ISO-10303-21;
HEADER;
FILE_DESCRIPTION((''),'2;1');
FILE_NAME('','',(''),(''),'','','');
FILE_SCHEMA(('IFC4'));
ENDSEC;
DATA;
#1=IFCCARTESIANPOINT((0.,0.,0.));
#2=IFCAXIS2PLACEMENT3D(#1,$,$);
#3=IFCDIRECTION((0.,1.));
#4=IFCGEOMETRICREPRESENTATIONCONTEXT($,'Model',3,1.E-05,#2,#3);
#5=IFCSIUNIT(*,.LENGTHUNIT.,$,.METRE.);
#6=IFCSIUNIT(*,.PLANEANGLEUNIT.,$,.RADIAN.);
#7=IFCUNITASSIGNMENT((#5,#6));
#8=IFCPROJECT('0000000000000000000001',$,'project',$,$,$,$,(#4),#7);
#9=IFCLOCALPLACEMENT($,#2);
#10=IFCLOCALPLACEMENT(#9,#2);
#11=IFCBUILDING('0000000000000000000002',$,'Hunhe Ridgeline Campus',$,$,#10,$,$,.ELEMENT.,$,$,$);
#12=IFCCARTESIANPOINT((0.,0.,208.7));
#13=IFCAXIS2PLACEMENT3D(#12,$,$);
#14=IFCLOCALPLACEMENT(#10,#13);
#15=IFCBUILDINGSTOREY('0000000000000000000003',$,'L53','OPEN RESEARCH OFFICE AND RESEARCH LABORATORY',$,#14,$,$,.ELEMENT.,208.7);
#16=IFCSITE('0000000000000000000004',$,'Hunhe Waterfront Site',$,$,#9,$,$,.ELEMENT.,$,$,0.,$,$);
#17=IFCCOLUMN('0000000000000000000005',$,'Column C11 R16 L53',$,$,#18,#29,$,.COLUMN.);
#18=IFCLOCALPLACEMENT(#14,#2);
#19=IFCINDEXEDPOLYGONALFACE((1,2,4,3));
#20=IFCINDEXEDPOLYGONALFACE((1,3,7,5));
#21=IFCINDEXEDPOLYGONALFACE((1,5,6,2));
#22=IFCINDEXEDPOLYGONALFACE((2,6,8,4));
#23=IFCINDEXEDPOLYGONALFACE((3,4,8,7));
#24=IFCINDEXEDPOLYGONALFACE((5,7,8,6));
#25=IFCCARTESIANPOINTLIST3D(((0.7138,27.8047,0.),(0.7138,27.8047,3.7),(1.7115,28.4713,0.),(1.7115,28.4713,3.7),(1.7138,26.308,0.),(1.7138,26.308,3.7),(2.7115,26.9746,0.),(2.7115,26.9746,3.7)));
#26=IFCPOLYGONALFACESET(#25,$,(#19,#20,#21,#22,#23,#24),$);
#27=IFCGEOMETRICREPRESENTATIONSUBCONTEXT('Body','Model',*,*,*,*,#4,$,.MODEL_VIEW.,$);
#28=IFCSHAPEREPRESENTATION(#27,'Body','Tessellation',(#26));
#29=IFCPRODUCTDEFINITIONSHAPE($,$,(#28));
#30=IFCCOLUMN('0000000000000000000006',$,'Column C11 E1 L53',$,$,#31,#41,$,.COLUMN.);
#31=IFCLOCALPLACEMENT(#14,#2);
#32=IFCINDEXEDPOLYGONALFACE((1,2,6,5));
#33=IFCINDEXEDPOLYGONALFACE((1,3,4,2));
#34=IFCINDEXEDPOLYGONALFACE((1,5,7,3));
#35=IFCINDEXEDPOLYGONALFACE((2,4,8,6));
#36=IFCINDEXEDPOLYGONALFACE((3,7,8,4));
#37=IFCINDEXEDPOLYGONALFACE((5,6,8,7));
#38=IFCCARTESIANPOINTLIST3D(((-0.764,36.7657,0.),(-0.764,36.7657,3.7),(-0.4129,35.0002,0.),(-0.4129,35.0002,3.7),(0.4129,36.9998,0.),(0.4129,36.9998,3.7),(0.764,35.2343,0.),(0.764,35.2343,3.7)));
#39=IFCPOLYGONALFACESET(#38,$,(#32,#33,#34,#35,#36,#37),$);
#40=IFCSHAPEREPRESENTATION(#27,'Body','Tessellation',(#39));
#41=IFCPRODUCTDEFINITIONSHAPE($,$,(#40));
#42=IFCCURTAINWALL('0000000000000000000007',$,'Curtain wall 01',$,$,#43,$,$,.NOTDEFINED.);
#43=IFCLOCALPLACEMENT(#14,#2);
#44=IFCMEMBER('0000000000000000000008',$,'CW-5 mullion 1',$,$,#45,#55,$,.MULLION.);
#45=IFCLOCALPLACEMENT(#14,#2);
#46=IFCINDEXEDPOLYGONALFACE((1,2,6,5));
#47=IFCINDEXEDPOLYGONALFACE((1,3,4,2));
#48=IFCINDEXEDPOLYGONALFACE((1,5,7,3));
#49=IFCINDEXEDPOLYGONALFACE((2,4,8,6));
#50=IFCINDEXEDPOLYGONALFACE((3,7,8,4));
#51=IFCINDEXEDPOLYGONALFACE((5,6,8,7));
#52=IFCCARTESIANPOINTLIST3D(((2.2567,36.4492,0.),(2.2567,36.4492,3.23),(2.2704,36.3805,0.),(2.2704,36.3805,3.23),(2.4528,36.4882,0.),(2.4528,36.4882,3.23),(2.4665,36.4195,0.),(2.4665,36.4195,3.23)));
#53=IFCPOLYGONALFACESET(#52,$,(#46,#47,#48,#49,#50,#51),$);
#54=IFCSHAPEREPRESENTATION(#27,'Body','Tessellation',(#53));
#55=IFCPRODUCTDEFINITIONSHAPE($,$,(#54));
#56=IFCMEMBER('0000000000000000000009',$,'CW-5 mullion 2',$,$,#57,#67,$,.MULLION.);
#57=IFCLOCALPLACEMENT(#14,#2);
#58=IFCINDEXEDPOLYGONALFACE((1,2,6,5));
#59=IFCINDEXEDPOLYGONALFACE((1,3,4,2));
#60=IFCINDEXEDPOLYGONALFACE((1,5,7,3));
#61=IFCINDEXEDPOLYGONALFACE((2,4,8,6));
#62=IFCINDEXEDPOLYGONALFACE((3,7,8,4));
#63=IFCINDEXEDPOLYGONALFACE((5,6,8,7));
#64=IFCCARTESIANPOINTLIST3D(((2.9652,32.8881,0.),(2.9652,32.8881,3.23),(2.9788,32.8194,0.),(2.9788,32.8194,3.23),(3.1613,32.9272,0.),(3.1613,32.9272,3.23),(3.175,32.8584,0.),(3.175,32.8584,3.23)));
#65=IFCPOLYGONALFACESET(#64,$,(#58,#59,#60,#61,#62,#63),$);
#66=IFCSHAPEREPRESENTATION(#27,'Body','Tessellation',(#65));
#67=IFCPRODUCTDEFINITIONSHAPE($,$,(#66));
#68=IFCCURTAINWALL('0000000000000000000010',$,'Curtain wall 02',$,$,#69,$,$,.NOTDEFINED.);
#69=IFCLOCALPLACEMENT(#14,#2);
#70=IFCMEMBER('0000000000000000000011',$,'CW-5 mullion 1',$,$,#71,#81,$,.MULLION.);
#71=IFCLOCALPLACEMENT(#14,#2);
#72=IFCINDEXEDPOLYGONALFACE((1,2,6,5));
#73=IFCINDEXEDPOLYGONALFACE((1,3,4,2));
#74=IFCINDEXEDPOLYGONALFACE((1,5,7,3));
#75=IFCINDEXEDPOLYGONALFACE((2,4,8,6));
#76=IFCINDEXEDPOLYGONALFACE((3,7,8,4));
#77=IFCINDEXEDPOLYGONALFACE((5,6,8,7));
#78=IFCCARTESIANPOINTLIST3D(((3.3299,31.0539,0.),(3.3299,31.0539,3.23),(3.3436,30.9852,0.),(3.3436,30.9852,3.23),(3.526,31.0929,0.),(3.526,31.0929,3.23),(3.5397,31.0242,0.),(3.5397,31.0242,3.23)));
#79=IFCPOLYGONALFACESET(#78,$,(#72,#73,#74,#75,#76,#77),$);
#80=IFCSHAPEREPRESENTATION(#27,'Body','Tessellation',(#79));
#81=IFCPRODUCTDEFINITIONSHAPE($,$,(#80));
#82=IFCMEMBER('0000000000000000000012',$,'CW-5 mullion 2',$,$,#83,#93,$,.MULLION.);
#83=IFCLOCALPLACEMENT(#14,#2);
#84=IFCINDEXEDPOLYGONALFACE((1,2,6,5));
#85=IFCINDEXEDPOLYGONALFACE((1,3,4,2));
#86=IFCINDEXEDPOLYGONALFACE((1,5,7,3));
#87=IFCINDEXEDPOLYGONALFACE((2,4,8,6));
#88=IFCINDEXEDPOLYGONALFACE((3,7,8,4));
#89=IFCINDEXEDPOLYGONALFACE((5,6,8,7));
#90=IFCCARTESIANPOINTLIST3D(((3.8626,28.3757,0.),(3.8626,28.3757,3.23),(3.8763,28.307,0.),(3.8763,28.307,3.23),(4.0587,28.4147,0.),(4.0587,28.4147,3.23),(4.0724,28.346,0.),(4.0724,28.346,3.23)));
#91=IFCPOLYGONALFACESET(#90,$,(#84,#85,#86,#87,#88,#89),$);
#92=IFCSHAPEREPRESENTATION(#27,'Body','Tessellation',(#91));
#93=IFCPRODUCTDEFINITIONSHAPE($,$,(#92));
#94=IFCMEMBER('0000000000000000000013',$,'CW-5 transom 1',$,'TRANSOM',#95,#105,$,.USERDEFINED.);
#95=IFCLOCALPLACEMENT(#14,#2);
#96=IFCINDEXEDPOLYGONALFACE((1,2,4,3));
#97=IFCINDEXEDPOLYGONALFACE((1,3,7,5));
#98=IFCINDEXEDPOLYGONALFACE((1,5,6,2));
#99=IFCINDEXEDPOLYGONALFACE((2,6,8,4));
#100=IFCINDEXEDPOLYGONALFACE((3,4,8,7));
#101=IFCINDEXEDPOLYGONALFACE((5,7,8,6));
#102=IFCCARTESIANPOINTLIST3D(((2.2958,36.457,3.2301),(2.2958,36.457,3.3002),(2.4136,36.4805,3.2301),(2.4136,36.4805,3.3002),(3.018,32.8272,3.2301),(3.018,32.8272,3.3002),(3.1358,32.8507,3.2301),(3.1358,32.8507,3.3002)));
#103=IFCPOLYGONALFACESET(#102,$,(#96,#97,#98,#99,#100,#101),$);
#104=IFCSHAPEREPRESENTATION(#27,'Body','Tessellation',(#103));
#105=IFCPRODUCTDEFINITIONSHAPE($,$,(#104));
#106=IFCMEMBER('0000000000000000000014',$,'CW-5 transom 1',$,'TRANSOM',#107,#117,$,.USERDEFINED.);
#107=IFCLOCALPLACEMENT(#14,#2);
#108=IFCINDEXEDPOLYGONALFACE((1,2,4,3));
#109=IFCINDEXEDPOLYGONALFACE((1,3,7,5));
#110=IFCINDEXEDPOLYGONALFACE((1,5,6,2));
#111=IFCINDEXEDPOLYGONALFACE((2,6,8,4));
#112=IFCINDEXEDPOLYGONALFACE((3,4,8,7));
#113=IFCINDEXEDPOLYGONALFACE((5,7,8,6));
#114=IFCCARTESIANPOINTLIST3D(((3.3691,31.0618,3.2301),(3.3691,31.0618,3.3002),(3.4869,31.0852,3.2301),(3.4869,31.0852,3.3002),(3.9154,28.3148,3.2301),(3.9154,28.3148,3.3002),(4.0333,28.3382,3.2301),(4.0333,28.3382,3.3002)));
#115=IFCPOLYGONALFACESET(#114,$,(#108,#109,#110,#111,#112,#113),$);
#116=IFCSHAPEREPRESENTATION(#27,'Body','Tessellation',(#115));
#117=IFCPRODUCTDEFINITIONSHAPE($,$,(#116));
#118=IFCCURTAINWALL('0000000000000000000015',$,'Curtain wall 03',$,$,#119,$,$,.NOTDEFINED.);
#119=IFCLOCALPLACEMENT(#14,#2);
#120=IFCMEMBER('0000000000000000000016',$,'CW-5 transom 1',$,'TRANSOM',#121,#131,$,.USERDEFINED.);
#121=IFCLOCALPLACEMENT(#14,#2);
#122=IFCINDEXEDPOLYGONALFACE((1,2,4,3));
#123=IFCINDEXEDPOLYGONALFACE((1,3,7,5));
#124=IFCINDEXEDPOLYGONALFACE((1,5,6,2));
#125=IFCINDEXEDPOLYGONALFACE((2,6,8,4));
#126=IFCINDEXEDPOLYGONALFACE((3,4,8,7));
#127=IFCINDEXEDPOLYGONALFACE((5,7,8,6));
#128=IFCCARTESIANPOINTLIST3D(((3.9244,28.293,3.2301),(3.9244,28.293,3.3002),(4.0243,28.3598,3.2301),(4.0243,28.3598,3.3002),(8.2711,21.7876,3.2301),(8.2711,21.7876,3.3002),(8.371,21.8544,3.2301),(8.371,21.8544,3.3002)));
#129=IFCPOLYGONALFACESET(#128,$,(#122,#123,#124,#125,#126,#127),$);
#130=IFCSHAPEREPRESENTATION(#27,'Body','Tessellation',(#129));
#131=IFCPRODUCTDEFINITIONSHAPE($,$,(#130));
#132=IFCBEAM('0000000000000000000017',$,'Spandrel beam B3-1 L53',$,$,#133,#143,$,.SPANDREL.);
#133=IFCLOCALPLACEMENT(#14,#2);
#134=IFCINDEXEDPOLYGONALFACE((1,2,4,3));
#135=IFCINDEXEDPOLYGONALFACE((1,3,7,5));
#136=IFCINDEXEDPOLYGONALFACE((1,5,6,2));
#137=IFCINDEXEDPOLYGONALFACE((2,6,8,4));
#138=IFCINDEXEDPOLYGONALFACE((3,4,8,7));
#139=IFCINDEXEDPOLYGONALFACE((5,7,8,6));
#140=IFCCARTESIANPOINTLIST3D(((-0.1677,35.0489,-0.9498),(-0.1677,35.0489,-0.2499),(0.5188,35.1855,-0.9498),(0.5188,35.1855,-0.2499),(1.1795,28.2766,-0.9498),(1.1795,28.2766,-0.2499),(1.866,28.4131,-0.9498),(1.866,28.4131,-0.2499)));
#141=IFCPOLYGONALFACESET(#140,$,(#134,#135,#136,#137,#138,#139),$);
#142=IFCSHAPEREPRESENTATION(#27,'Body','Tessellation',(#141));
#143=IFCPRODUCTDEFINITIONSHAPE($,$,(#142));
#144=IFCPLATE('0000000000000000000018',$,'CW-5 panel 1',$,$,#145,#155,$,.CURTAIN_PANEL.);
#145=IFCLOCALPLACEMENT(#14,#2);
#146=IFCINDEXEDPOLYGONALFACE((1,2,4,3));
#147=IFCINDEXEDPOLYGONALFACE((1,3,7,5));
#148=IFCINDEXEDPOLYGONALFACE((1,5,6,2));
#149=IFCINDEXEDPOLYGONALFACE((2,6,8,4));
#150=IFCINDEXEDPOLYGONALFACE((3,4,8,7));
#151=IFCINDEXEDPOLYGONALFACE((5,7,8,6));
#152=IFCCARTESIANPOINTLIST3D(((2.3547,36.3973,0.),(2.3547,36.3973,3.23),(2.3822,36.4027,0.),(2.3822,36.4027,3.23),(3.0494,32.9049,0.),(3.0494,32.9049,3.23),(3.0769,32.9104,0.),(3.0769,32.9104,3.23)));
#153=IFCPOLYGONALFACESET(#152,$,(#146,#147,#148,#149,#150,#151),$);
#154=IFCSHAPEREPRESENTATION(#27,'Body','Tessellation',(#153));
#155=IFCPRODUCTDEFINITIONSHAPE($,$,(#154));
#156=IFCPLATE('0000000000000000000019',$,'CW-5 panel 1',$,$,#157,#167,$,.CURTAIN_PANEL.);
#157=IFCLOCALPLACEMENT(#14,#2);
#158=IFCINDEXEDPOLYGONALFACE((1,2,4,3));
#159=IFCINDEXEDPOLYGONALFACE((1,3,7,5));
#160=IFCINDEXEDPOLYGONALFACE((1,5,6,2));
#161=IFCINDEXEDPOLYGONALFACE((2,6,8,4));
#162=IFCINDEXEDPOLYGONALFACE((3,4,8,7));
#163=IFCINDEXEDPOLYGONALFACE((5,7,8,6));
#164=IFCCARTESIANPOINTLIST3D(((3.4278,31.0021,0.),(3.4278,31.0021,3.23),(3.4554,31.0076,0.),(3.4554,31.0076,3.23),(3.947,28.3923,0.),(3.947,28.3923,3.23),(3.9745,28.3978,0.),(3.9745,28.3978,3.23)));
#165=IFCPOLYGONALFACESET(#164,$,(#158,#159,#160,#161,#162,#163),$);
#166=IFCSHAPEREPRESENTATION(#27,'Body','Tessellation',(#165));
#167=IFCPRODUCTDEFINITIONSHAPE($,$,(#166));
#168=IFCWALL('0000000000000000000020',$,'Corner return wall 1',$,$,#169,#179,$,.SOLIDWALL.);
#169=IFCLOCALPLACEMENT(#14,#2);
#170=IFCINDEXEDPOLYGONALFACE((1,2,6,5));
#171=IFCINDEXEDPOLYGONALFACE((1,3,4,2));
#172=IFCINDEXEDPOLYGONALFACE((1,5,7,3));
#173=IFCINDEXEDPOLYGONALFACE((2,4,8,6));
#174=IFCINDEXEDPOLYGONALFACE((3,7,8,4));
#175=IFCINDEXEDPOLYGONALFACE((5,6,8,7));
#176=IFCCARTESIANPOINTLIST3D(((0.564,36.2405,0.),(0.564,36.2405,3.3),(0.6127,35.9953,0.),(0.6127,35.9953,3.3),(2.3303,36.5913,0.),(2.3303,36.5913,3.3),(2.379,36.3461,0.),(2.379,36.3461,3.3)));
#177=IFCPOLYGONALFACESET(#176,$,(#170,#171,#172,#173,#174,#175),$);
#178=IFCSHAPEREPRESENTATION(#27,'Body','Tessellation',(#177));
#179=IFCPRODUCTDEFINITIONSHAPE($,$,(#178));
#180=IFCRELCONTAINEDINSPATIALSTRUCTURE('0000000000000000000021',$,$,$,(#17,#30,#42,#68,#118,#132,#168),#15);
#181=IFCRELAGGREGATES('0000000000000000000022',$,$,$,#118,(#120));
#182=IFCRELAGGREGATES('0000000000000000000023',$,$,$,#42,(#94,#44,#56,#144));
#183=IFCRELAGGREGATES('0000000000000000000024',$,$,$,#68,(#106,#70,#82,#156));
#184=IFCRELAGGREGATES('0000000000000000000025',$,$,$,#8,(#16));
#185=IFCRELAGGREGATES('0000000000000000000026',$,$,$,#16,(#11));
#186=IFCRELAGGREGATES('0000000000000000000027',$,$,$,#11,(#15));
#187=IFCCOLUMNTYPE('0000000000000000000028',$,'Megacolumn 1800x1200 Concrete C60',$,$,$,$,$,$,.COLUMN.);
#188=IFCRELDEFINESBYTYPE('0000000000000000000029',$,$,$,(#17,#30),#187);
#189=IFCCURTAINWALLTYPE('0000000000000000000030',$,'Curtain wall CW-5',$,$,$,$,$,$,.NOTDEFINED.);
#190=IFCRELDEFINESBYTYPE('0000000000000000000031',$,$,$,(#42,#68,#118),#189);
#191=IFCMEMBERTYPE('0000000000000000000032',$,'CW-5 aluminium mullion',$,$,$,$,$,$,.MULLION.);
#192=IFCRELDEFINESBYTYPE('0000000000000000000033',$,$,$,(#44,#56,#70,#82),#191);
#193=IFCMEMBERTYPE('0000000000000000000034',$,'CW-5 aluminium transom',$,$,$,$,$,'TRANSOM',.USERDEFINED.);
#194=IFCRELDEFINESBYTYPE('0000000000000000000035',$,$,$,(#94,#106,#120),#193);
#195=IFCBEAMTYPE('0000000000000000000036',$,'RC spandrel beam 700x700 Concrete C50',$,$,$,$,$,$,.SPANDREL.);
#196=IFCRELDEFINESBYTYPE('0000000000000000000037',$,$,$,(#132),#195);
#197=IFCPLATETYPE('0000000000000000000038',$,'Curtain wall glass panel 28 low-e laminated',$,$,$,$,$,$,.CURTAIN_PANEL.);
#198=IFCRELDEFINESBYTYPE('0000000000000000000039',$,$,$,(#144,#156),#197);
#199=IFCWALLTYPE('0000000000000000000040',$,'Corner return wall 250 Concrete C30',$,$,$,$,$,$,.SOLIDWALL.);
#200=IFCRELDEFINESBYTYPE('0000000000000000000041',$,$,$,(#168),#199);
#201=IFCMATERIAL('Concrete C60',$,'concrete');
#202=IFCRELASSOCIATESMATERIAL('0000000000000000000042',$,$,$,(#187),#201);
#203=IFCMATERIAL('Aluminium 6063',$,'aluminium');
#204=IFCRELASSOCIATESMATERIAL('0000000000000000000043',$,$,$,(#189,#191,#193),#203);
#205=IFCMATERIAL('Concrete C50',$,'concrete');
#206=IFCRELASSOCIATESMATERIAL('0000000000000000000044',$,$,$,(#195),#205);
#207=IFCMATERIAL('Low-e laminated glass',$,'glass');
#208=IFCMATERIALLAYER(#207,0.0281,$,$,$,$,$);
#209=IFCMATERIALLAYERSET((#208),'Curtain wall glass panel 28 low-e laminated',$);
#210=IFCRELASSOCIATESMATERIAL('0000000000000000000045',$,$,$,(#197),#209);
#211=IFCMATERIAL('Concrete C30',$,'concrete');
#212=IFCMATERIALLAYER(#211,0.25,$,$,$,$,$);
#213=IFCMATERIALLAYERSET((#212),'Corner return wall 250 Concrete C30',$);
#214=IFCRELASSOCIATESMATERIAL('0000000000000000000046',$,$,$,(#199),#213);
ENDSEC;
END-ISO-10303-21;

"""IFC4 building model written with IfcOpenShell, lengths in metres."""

from ifc_helpers import new_model, si_unit, direction, frame, frame_2d, origin, origin_2d, place, context, subcontext, project, spatial, rectangle, extrude, material, layer, layer_set, material_profile, profile_set, type_object, element, aggregate, save


model = new_model("IFC4")

# Units and contexts
model_context = context("Model", 3, precision=1e-05, world=origin(), true_north=direction((0.0, 1.0)))
body_context = subcontext(model_context, "Body", "Model", "MODEL_VIEW")
ifc_project = project(units=[si_unit("LENGTHUNIT", "METRE"), si_unit("PLANEANGLEUNIT", "RADIAN")], contexts=[model_context])

# Site, building, storey
site_placement = place(None, origin())
site = spatial("IfcSite", under=ifc_project, at=site_placement, Name="Hunhe Waterfront Site", CompositionType="ELEMENT", RefElevation=0.0)
building_placement = place(site_placement, origin())
building = spatial("IfcBuilding", under=site, at=building_placement, Name="Hunhe Ridgeline Campus", CompositionType="ELEMENT")
storey_placement = place(building_placement, frame((0.0, 0.0, 208.7)))
storey = spatial("IfcBuildingStorey", under=building, at=storey_placement, Name="L53", Description="OPEN RESEARCH OFFICE AND RESEARCH LABORATORY", CompositionType="ELEMENT", Elevation=208.7)

# Columns
ifc_material_1 = material(Name="Concrete C60", Category="concrete")
ifc_material_profile_1 = material_profile(ifc_material_1, rectangle(XDim=1.8, YDim=1.2, at=origin_2d()))
ifc_profile_set_1 = profile_set([ifc_material_profile_1], Name="Concrete C60")
column_type = type_object("IfcColumnType", Name="Megacolumn 1800x1200 Concrete C60", PredefinedType="COLUMN", material=ifc_profile_set_1)
for number, where, z_axis, x_axis, name in (
    (1, (1.7126, 27.3896, 0.0), (0.0, 0.0, 1.0), (-0.55557, 0.83147, 0.0), "Column C11 R16 L53"),
    (2, (0.0, 36.0, 0.0), (0.0, 0.0, 1.0), (-0.19509, 0.980785, 0.0), "Column C11 E1 L53"),
):
    element("IfcColumn", number, at=place(storey_placement, frame(where, z_axis=z_axis, x_axis=x_axis)), inside=storey, type_object=column_type, Name=name, PredefinedType="COLUMN", context=body_context, shape_type="SweptSolid", body=[
        extrude(rectangle(XDim=1.8, YDim=1.2, at=origin_2d()), origin(), (0.0, 0.0, 1.0), 3.7),
    ])

# Curtain walls, members
ifc_material_2 = material(Name="Aluminium 6063", Category="aluminium")
curtain_wall_type = type_object("IfcCurtainWallType", Name="Curtain wall CW-5", PredefinedType="NOTDEFINED", material=ifc_material_2)
curtain_wall_1_placement = place(storey_placement, origin())
curtain_wall_1 = element("IfcCurtainWall", 3, at=curtain_wall_1_placement, inside=storey, type_object=curtain_wall_type, Name="Curtain wall 01", PredefinedType="NOTDEFINED")
ifc_material_profile_2 = material_profile(ifc_material_2, rectangle(XDim=0.2, YDim=0.0701, at=origin_2d()))
ifc_profile_set_2 = profile_set([ifc_material_profile_2], Name="Aluminium 6063")
member_type_1 = type_object("IfcMemberType", Name="CW-5 aluminium mullion", PredefinedType="MULLION", material=ifc_profile_set_2)
member_1_placement = place(storey_placement, frame((2.3616, 36.4343, 0.0), z_axis=(0.0, 0.0, 1.0), x_axis=(0.980784, 0.195095, 0.0)))
member_1 = element("IfcMember", 4, at=member_1_placement, type_object=member_type_1, Name="CW-5 mullion 1", PredefinedType="MULLION", context=body_context, shape_type="SweptSolid", body=[
    extrude(rectangle(XDim=0.2, YDim=0.0701, at=origin_2d()), origin(), (0.0, 0.0, 1.0), 3.23),
])
member_2_placement = place(storey_placement, frame((3.0701, 32.8733, 0.0), z_axis=(0.0, 0.0, 1.0), x_axis=(0.980784, 0.195095, 0.0)))
member_2 = element("IfcMember", 5, at=member_2_placement, type_object=member_type_1, Name="CW-5 mullion 2", PredefinedType="MULLION", context=body_context, shape_type="SweptSolid", body=[
    extrude(rectangle(XDim=0.2, YDim=0.0701, at=origin_2d()), origin(), (0.0, 0.0, 1.0), 3.23),
])
curtain_wall_2_placement = place(storey_placement, origin())
curtain_wall_2 = element("IfcCurtainWall", 6, at=curtain_wall_2_placement, inside=storey, type_object=curtain_wall_type, Name="Curtain wall 02", PredefinedType="NOTDEFINED")
member_3_placement = place(storey_placement, frame((3.4348, 31.0391, 0.0), z_axis=(0.0, 0.0, 1.0), x_axis=(0.980784, 0.195095, 0.0)))
member_3 = element("IfcMember", 7, at=member_3_placement, type_object=member_type_1, Name="CW-5 mullion 1", PredefinedType="MULLION", context=body_context, shape_type="SweptSolid", body=[
    extrude(rectangle(XDim=0.2, YDim=0.0701, at=origin_2d()), origin(), (0.0, 0.0, 1.0), 3.23),
])
member_4_placement = place(storey_placement, frame((3.9675, 28.3608, 0.0), z_axis=(0.0, 0.0, 1.0), x_axis=(0.980784, 0.195095, 0.0)))
member_4 = element("IfcMember", 8, at=member_4_placement, type_object=member_type_1, Name="CW-5 mullion 2", PredefinedType="MULLION", context=body_context, shape_type="SweptSolid", body=[
    extrude(rectangle(XDim=0.2, YDim=0.0701, at=origin_2d()), origin(), (0.0, 0.0, 1.0), 3.23),
])

# Members
ifc_material_profile_3 = material_profile(ifc_material_2, rectangle(XDim=0.1201, YDim=0.0701, at=origin_2d()))
ifc_profile_set_3 = profile_set([ifc_material_profile_3], Name="Aluminium 6063")
member_type_2 = type_object("IfcMemberType", Name="CW-5 aluminium transom", ElementType="TRANSOM", PredefinedType="USERDEFINED", material=ifc_profile_set_3)
member_5_placement = place(storey_placement, frame((2.3547, 36.4688, 3.2651), z_axis=(0.195127, -0.980778, 0.0), x_axis=(0.980778, 0.195127, 0.0)))
member_5 = element("IfcMember", 9, at=member_5_placement, type_object=member_type_2, Name="CW-5 transom 1", ObjectType="TRANSOM", PredefinedType="USERDEFINED", context=body_context, shape_type="SweptSolid", body=[
    extrude(rectangle(XDim=0.1201, YDim=0.0701, at=origin_2d()), origin(), (0.0, 0.0, 1.0), 3.7009),
])
member_6_placement = place(storey_placement, frame((3.428, 31.0735, 3.2651), z_axis=(0.195077, -0.980788, 0.0), x_axis=(0.980788, 0.195077, 0.0)))
member_6 = element("IfcMember", 10, at=member_6_placement, type_object=member_type_2, Name="CW-5 transom 1", ObjectType="TRANSOM", PredefinedType="USERDEFINED", context=body_context, shape_type="SweptSolid", body=[
    extrude(rectangle(XDim=0.1201, YDim=0.0701, at=origin_2d()), origin(), (0.0, 0.0, 1.0), 2.8008),
])

# Curtain wall, member
curtain_wall_3_placement = place(storey_placement, origin())
curtain_wall_3 = element("IfcCurtainWall", 11, at=curtain_wall_3_placement, inside=storey, type_object=curtain_wall_type, Name="Curtain wall 03", PredefinedType="NOTDEFINED")
member_7_placement = place(storey_placement, frame((3.9744, 28.3264, 3.2651), z_axis=(0.555564, -0.831474, 0.0), x_axis=(0.831474, 0.555564, 0.0)))
member_7 = element("IfcMember", 12, at=member_7_placement, type_object=member_type_2, Name="CW-5 transom 1", ObjectType="TRANSOM", PredefinedType="USERDEFINED", context=body_context, shape_type="SweptSolid", body=[
    extrude(rectangle(XDim=0.1201, YDim=0.0701, at=origin_2d()), origin(), (0.0, 0.0, 1.0), 7.824),
])
aggregate(curtain_wall_3, [member_7])

# Beam
ifc_material_3 = material(Name="Concrete C50", Category="concrete")
ifc_material_profile_4 = material_profile(ifc_material_3, rectangle(XDim=0.7, YDim=0.7, at=origin_2d()))
ifc_profile_set_4 = profile_set([ifc_material_profile_4], Name="Concrete C50")
beam_type = type_object("IfcBeamType", Name="RC spandrel beam 700x700 Concrete C50", PredefinedType="SPANDREL", material=ifc_profile_set_4)
beam_placement = place(storey_placement, frame((0.1755, 35.1172, -0.5999), z_axis=(0.195103, -0.980783, 0.0), x_axis=(0.980783, 0.195103, 0.0)))
element("IfcBeam", 13, at=beam_placement, inside=storey, type_object=beam_type, Name="Spandrel beam B3-1 L53", PredefinedType="SPANDREL", context=body_context, shape_type="SweptSolid", body=[
    extrude(rectangle(XDim=0.7, YDim=0.7, at=origin_2d()), origin(), (0.0, 0.0, 1.0), 6.905),
])

# Plates
ifc_material_4 = material(Name="Low-e laminated glass", Category="glass")
ifc_layer_1 = layer(ifc_material_4, 0.0281)
ifc_layer_set_1 = layer_set([ifc_layer_1], Name="Curtain wall glass panel 28 low-e laminated")
plate_type = type_object("IfcPlateType", Name="Curtain wall glass panel 28 low-e laminated", PredefinedType="CURTAIN_PANEL", material=ifc_layer_set_1)
plate_1_placement = place(storey_placement, frame((2.7158, 34.6538, 0.0), z_axis=(0.0, 0.0, 1.0), x_axis=(0.195095, -0.980784, 0.0)))
plate_1 = element("IfcPlate", 14, at=plate_1_placement, type_object=plate_type, Name="CW-5 panel 1", PredefinedType="CURTAIN_PANEL", context=body_context, shape_type="SweptSolid", body=[
    extrude(rectangle(XDim=3.5608, YDim=0.0281, at=origin_2d()), origin(), (0.0, 0.0, 1.0), 3.23),
])
aggregate(curtain_wall_1, [member_5, member_1, member_2, plate_1])
plate_2_placement = place(storey_placement, frame((3.7012, 29.7, 0.0), z_axis=(0.0, 0.0, 1.0), x_axis=(0.195095, -0.980784, 0.0)))
plate_2 = element("IfcPlate", 15, at=plate_2_placement, type_object=plate_type, Name="CW-5 panel 1", PredefinedType="CURTAIN_PANEL", context=body_context, shape_type="SweptSolid", body=[
    extrude(rectangle(XDim=2.6609, YDim=0.0281, at=origin_2d()), origin(), (0.0, 0.0, 1.0), 3.23),
])
aggregate(curtain_wall_2, [member_6, member_3, member_4, plate_2])

# Wall
ifc_material_5 = material(Name="Concrete C30", Category="concrete")
ifc_layer_2 = layer(ifc_material_5, 0.25)
ifc_layer_set_2 = layer_set([ifc_layer_2], Name="Corner return wall 250 Concrete C30")
wall_type_1 = type_object("IfcWallType", Name="Corner return wall 250 Concrete C30", PredefinedType="SOLIDWALL", material=ifc_layer_set_2)
wall_1_placement = place(storey_placement, frame((0.5884, 36.1179, 0.0), z_axis=(0.0, 0.0, 1.0), x_axis=(0.980841, 0.194812, 0.0)))
element("IfcWall", 16, at=wall_1_placement, inside=storey, type_object=wall_type_1, Name="Corner return wall 1", PredefinedType="SOLIDWALL", context=body_context, shape_type="SweptSolid", body=[
    extrude(rectangle(XDim=1.8008, YDim=0.25, at=frame_2d((0.9004, 0.0))), origin(), (0.0, 0.0, 1.0), 3.3),
])

save(model, "model.ifc")
